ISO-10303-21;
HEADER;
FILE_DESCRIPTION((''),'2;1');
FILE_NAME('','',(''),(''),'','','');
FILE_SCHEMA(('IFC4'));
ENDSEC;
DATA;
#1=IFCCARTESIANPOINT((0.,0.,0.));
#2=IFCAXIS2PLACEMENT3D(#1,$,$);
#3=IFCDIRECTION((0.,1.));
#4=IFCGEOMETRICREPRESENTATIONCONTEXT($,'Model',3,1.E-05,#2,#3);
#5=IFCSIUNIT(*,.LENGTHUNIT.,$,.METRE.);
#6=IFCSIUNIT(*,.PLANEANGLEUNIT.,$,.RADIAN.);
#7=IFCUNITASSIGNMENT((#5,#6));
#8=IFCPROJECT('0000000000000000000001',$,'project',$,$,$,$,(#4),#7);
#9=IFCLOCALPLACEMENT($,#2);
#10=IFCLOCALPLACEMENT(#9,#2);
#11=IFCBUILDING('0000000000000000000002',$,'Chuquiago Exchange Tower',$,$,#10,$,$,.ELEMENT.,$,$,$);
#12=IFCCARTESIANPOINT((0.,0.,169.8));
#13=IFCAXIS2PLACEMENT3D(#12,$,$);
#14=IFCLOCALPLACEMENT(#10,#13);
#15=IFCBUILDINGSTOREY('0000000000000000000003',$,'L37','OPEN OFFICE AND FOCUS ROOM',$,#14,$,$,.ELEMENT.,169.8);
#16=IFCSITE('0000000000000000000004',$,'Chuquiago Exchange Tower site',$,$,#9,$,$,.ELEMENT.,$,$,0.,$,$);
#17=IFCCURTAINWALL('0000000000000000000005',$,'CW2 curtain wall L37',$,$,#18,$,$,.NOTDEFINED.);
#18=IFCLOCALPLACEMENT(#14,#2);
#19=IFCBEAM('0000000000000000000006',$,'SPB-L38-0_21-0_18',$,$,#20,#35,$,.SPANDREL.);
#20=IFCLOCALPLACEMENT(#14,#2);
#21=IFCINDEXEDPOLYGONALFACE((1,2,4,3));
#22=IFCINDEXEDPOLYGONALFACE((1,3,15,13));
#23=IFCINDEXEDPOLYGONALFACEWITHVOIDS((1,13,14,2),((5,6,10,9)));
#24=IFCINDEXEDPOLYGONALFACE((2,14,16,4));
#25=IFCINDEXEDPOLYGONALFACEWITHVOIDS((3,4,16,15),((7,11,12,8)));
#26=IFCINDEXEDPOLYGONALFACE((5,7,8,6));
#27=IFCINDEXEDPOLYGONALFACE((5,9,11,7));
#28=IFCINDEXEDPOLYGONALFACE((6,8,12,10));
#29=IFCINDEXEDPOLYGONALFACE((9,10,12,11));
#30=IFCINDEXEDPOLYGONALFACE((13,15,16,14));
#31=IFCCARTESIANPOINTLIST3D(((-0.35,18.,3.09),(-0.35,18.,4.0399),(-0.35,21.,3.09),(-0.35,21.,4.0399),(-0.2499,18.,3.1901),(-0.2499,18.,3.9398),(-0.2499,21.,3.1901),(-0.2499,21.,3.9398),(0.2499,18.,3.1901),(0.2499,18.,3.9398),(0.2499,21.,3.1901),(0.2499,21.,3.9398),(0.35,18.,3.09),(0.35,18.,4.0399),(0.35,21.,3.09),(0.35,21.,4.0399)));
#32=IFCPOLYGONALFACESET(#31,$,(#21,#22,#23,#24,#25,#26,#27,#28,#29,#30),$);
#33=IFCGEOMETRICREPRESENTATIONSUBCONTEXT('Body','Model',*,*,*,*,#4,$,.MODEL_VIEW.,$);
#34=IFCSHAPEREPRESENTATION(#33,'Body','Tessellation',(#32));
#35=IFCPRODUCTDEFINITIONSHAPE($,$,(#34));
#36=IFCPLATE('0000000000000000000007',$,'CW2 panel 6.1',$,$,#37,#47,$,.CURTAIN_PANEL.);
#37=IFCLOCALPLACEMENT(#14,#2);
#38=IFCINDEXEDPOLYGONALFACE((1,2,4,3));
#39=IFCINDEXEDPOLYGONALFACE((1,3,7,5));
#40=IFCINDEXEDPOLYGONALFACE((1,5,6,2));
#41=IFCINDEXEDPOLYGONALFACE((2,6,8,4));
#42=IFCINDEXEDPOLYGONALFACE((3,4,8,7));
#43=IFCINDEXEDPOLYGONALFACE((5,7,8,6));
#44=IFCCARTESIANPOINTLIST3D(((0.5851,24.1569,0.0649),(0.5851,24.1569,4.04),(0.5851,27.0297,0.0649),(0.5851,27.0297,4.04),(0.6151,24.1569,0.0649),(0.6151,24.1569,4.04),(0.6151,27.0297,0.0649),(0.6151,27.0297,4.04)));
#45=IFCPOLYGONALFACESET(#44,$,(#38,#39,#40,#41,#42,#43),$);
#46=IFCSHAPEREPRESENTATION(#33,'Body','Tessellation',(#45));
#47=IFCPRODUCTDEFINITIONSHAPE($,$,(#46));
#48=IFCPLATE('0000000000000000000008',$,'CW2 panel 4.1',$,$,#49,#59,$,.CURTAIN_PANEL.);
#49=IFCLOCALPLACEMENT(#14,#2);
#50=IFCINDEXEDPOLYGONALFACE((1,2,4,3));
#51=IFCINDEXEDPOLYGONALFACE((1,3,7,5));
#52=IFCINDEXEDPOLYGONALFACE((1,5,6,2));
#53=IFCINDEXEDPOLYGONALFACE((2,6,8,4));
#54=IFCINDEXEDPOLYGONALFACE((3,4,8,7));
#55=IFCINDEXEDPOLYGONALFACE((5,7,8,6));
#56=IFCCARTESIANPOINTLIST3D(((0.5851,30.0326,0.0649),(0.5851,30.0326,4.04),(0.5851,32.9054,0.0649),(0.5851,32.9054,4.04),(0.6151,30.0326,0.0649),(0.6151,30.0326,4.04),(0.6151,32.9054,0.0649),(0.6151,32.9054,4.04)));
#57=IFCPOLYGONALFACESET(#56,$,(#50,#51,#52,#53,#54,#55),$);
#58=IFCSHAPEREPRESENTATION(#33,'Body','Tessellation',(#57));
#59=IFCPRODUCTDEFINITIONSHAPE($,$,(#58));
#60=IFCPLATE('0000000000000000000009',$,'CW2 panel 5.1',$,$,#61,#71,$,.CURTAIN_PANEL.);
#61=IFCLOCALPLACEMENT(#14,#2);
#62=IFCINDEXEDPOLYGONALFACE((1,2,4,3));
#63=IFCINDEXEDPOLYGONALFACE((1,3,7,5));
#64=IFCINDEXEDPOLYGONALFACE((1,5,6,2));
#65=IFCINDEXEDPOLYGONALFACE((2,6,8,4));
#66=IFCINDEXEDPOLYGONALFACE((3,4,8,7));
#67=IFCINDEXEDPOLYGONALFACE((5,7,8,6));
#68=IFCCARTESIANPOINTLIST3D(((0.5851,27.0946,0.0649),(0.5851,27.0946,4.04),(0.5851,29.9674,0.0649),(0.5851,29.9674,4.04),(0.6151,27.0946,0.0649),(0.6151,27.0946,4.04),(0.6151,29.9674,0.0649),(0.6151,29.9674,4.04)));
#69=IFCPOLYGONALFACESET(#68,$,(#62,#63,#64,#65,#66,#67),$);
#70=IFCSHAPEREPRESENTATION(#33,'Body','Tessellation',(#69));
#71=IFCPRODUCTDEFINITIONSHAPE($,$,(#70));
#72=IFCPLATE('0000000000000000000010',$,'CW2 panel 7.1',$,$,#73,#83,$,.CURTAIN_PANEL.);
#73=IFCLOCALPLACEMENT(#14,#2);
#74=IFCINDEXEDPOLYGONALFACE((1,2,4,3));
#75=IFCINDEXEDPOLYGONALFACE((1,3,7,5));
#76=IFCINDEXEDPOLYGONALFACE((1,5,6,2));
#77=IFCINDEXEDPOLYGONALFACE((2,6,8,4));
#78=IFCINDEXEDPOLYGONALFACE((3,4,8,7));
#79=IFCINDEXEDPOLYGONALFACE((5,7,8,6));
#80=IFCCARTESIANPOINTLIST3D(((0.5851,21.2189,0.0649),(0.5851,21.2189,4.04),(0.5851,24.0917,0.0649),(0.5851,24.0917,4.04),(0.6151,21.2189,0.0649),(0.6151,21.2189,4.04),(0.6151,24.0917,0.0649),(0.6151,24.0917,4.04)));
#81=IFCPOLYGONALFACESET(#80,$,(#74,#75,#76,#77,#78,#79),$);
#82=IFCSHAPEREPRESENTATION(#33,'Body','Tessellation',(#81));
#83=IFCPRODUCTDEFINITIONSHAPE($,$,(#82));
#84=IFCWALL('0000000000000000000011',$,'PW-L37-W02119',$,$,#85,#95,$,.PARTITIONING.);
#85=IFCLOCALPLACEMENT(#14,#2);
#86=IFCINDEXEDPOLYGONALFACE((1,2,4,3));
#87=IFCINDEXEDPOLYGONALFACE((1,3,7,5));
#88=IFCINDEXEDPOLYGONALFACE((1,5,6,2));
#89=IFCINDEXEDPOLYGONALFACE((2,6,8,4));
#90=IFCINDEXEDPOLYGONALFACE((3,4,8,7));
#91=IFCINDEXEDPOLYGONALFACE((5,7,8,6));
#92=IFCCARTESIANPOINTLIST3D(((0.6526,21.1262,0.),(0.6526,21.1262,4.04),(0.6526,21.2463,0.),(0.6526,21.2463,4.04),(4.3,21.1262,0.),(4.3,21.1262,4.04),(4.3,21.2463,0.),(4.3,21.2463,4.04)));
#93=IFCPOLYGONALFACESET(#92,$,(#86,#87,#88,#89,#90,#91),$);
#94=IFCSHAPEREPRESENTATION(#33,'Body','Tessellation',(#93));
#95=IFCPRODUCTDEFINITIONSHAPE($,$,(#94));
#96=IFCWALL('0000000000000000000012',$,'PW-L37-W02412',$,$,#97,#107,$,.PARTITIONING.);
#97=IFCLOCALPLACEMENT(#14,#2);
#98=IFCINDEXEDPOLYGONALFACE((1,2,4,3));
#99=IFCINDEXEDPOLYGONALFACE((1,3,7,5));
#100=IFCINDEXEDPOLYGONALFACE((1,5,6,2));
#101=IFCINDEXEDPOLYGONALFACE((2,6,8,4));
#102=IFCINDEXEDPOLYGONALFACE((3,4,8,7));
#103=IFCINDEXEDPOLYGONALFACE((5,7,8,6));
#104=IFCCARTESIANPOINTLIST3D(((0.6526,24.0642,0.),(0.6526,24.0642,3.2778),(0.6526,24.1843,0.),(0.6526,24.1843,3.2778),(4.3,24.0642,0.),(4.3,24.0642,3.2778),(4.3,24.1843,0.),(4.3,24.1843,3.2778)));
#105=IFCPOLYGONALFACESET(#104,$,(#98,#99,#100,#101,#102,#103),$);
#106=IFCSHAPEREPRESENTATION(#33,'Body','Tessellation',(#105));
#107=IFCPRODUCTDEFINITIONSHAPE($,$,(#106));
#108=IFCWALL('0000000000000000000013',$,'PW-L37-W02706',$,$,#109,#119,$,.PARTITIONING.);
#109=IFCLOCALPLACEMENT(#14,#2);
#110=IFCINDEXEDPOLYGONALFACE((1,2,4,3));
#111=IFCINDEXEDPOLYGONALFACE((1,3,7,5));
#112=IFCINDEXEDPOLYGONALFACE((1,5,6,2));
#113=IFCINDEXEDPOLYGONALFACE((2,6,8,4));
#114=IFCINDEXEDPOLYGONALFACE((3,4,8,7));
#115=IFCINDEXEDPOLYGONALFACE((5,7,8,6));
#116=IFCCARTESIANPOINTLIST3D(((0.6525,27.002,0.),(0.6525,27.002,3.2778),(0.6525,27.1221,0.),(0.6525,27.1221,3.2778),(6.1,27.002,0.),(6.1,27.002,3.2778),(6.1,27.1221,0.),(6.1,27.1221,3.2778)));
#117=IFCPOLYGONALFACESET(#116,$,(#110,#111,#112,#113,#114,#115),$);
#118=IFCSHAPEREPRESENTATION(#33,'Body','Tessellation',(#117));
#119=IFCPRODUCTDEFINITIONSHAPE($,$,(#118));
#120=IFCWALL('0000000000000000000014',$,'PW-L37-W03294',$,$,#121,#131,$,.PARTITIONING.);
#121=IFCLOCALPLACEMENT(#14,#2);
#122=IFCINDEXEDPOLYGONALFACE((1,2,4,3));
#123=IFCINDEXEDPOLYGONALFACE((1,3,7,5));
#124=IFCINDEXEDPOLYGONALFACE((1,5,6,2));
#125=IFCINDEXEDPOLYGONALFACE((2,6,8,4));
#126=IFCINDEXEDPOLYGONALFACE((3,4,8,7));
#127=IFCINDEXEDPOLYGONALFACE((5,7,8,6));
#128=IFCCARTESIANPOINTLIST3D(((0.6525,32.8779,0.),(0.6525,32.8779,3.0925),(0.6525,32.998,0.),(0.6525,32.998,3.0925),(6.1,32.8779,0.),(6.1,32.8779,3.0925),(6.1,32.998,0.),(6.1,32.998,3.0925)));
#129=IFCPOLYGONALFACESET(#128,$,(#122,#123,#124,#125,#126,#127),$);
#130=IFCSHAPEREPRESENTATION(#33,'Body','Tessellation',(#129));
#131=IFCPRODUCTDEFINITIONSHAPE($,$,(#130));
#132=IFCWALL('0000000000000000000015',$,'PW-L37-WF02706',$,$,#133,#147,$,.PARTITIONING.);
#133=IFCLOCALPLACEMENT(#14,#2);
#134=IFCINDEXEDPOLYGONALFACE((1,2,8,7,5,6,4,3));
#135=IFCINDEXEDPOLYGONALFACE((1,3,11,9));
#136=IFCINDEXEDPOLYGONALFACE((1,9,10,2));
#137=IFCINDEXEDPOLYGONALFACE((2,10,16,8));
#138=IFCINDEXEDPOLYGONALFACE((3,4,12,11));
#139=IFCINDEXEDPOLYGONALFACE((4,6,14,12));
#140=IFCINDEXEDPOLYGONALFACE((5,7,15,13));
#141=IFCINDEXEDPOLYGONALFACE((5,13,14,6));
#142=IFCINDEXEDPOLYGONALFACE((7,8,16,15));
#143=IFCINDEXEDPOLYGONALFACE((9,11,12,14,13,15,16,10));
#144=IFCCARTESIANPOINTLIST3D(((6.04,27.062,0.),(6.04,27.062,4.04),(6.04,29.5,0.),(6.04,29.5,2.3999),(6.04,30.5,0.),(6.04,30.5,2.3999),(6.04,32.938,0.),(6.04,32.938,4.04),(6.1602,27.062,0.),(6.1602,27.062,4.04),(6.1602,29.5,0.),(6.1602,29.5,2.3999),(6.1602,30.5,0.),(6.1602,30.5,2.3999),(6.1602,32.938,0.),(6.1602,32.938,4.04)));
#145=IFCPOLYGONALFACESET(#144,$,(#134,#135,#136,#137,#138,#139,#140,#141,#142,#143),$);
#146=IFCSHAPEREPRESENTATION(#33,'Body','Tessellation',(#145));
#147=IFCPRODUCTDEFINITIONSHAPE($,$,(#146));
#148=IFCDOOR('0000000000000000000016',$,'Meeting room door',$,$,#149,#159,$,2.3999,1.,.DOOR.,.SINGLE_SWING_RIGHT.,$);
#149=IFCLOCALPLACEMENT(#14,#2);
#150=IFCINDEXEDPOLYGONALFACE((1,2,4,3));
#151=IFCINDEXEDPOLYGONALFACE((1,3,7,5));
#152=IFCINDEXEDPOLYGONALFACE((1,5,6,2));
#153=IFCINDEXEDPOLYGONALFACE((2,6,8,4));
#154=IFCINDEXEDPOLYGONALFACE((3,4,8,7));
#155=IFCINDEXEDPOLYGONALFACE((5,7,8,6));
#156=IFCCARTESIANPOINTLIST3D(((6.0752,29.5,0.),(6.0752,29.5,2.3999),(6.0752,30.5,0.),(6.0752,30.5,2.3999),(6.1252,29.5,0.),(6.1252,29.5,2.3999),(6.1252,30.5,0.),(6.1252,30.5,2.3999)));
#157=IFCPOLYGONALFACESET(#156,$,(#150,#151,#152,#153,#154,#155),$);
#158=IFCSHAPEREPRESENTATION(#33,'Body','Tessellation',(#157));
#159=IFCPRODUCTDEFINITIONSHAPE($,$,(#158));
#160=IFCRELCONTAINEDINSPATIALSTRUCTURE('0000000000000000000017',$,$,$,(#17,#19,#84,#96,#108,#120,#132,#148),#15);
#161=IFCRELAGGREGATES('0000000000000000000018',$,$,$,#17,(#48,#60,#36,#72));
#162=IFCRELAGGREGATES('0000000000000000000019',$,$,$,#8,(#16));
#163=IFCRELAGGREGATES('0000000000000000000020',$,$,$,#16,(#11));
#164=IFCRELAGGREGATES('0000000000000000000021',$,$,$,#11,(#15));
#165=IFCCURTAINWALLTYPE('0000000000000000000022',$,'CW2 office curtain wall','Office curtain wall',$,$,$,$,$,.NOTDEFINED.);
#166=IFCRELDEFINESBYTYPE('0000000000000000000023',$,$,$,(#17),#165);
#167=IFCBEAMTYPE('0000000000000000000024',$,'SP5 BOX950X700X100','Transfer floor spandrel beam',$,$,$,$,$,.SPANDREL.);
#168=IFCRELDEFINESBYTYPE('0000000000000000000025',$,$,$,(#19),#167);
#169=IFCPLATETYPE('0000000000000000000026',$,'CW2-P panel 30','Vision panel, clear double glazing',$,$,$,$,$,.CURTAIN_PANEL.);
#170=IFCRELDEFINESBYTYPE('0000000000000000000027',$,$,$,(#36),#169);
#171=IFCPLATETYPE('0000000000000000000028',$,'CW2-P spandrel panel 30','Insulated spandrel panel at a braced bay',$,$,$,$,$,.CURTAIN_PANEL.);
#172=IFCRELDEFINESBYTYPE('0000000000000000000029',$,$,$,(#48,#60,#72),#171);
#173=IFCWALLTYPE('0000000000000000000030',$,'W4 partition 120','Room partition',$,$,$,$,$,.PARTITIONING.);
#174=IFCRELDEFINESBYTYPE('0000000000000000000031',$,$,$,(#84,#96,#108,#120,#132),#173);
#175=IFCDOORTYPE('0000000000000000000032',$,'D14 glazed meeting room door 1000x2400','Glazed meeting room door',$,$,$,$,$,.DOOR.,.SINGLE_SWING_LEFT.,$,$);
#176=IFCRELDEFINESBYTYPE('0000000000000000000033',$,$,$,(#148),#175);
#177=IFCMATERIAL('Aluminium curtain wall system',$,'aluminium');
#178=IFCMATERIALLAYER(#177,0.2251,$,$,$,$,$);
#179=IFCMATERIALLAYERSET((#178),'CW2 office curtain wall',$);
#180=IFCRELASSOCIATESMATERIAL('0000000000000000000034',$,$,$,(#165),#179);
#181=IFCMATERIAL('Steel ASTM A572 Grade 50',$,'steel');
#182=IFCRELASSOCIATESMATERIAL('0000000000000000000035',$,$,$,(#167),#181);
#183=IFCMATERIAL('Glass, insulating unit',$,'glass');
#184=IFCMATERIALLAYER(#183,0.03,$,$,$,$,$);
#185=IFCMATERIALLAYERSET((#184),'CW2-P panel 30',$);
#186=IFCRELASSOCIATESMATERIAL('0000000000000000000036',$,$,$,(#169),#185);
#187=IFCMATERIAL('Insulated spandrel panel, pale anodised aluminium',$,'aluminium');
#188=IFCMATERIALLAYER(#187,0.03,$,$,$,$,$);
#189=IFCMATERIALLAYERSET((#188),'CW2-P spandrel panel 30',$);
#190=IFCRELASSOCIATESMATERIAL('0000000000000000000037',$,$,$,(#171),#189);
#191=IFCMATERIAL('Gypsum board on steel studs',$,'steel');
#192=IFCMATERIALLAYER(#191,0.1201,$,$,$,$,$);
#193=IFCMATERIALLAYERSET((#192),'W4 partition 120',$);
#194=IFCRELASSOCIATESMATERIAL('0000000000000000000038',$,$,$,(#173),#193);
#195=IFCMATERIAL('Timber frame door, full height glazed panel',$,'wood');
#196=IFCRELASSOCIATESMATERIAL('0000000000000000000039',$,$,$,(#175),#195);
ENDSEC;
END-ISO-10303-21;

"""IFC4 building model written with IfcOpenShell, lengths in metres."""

from ifc_helpers import new_model, si_unit, direction, frame, frame_2d, origin, origin_2d, place, context, subcontext, project, spatial, rectangle, hollow_rectangle, extrude, material, layer, layer_set, material_profile, profile_set, type_object, element, fill, aggregate, save


model = new_model("IFC4")

# Units and contexts
model_context = context("Model", 3, precision=1e-05, world=origin(), true_north=direction((0.0, 1.0)))
body_context = subcontext(model_context, "Body", "Model", "MODEL_VIEW")
ifc_project = project(units=[si_unit("LENGTHUNIT", "METRE"), si_unit("PLANEANGLEUNIT", "RADIAN")], contexts=[model_context])

# Site, building, storey
site_placement = place(None, origin())
site = spatial("IfcSite", under=ifc_project, at=site_placement, Name="Chuquiago Exchange Tower site", CompositionType="ELEMENT", RefElevation=0.0)
building_placement = place(site_placement, origin())
building = spatial("IfcBuilding", under=site, at=building_placement, Name="Chuquiago Exchange Tower", CompositionType="ELEMENT")
storey_placement = place(building_placement, frame((0.0, 0.0, 169.8)))
storey = spatial("IfcBuildingStorey", under=building, at=storey_placement, Name="L37", Description="OPEN OFFICE AND FOCUS ROOM", CompositionType="ELEMENT", Elevation=169.8)

# Curtain wall
ifc_material_1 = material(Name="Aluminium curtain wall system", Category="aluminium")
ifc_layer_1 = layer(ifc_material_1, 0.2251)
ifc_layer_set_1 = layer_set([ifc_layer_1], Name="CW2 office curtain wall")
curtain_wall_type = type_object("IfcCurtainWallType", Name="CW2 office curtain wall", Description="Office curtain wall", PredefinedType="NOTDEFINED", material=ifc_layer_set_1)
curtain_wall_placement = place(storey_placement, origin())
curtain_wall = element("IfcCurtainWall", 1, at=curtain_wall_placement, inside=storey, type_object=curtain_wall_type, Name="CW2 curtain wall L37", PredefinedType="NOTDEFINED")

# Beam
ifc_material_2 = material(Name="Steel ASTM A572 Grade 50", Category="steel")
ifc_material_profile_1 = material_profile(ifc_material_2, hollow_rectangle(XDim=0.7, YDim=0.95, WallThickness=0.1001, at=origin_2d()), Name="BOX950X700X100")
ifc_profile_set_1 = profile_set([ifc_material_profile_1], Name="Steel ASTM A572 Grade 50")
beam_type_1 = type_object("IfcBeamType", Name="SP5 BOX950X700X100", Description="Transfer floor spandrel beam", PredefinedType="SPANDREL", material=ifc_profile_set_1)
for number, where, z_axis, x_axis, name in (
    (2, (0.0, 21.0, 3.5649), (0.0, -1.0, 0.0), (1.0, 0.0, 0.0), "SPB-L38-0_21-0_18"),
):
    element("IfcBeam", number, at=place(storey_placement, frame(where, z_axis=z_axis, x_axis=x_axis)), inside=storey, type_object=beam_type_1, Name=name, PredefinedType="SPANDREL", context=body_context, shape_type="SweptSolid", body=[
        extrude(hollow_rectangle(XDim=0.7, YDim=0.95, WallThickness=0.1001, at=origin_2d()), origin(), (0.0, 0.0, 1.0), 3.0),
    ])

# Plates
ifc_material_3 = material(Name="Glass, insulating unit", Category="glass")
ifc_layer_2 = layer(ifc_material_3, 0.03)
ifc_layer_set_2 = layer_set([ifc_layer_2], Name="CW2-P panel 30")
plate_type_1 = type_object("IfcPlateType", Name="CW2-P panel 30", Description="Vision panel, clear double glazing", PredefinedType="CURTAIN_PANEL", material=ifc_layer_set_2)
plate_1_placement = place(storey_placement, frame((0.6001, 25.5933, 0.0649), z_axis=(0.0, 0.0, 1.0), x_axis=(0.0, -1.0, 0.0)))
plate_1 = element("IfcPlate", 3, at=plate_1_placement, type_object=plate_type_1, Name="CW2 panel 6.1", PredefinedType="CURTAIN_PANEL", context=body_context, shape_type="SweptSolid", body=[
    extrude(rectangle(XDim=2.8728, YDim=0.03, at=origin_2d()), origin(), (0.0, 0.0, 1.0), 3.9751),
])
ifc_material_4 = material(Name="Insulated spandrel panel, pale anodised aluminium", Category="aluminium")
ifc_layer_3 = layer(ifc_material_4, 0.03)
ifc_layer_set_3 = layer_set([ifc_layer_3], Name="CW2-P spandrel panel 30")
plate_type_2 = type_object("IfcPlateType", Name="CW2-P spandrel panel 30", Description="Insulated spandrel panel at a braced bay", PredefinedType="CURTAIN_PANEL", material=ifc_layer_set_3)
plate_2_placement = place(storey_placement, frame((0.6001, 31.469, 0.0649), z_axis=(0.0, 0.0, 1.0), x_axis=(0.0, -1.0, 0.0)))
plate_2 = element("IfcPlate", 4, at=plate_2_placement, type_object=plate_type_2, Name="CW2 panel 4.1", PredefinedType="CURTAIN_PANEL", context=body_context, shape_type="SweptSolid", body=[
    extrude(rectangle(XDim=2.8728, YDim=0.03, at=origin_2d()), origin(), (0.0, 0.0, 1.0), 3.9751),
])
plate_3_placement = place(storey_placement, frame((0.6001, 28.531, 0.0649), z_axis=(0.0, 0.0, 1.0), x_axis=(0.0, -1.0, 0.0)))
plate_3 = element("IfcPlate", 5, at=plate_3_placement, type_object=plate_type_2, Name="CW2 panel 5.1", PredefinedType="CURTAIN_PANEL", context=body_context, shape_type="SweptSolid", body=[
    extrude(rectangle(XDim=2.8728, YDim=0.03, at=origin_2d()), origin(), (0.0, 0.0, 1.0), 3.9751),
])
plate_4_placement = place(storey_placement, frame((0.6001, 22.6553, 0.0649), z_axis=(0.0, 0.0, 1.0), x_axis=(0.0, -1.0, 0.0)))
plate_4 = element("IfcPlate", 6, at=plate_4_placement, type_object=plate_type_2, Name="CW2 panel 7.1", PredefinedType="CURTAIN_PANEL", context=body_context, shape_type="SweptSolid", body=[
    extrude(rectangle(XDim=2.8728, YDim=0.03, at=origin_2d()), origin(), (0.0, 0.0, 1.0), 3.9751),
])
aggregate(curtain_wall, [plate_2, plate_3, plate_1, plate_4])

# Walls
ifc_material_5 = material(Name="Gypsum board on steel studs", Category="steel")
ifc_layer_4 = layer(ifc_material_5, 0.1201)
ifc_layer_set_4 = layer_set([ifc_layer_4], Name="W4 partition 120")
wall_type = type_object("IfcWallType", Name="W4 partition 120", Description="Room partition", PredefinedType="PARTITIONING", material=ifc_layer_set_4)
wall_1_placement = place(storey_placement, frame((0.6526, 21.1863, 0.0), z_axis=(0.0, 0.0, 1.0), x_axis=(1.0, 0.0, 0.0)))
element("IfcWall", 7, at=wall_1_placement, inside=storey, type_object=wall_type, Name="PW-L37-W02119", PredefinedType="PARTITIONING", context=body_context, shape_type="SweptSolid", body=[
    extrude(rectangle(XDim=3.6475, YDim=0.1201, at=frame_2d((1.8237, 0.0))), origin(), (0.0, 0.0, 1.0), 4.04),
])
wall_2_placement = place(storey_placement, frame((0.6526, 24.1243, 0.0), z_axis=(0.0, 0.0, 1.0), x_axis=(1.0, 0.0, 0.0)))
element("IfcWall", 8, at=wall_2_placement, inside=storey, type_object=wall_type, Name="PW-L37-W02412", PredefinedType="PARTITIONING", context=body_context, shape_type="SweptSolid", body=[
    extrude(rectangle(XDim=3.6475, YDim=0.1201, at=frame_2d((1.8237, 0.0))), origin(), (0.0, 0.0, 1.0), 3.2778),
])
wall_3_placement = place(storey_placement, frame((0.6526, 27.062, 0.0), z_axis=(0.0, 0.0, 1.0), x_axis=(1.0, 0.0, 0.0)))
element("IfcWall", 9, at=wall_3_placement, inside=storey, type_object=wall_type, Name="PW-L37-W02706", PredefinedType="PARTITIONING", context=body_context, shape_type="SweptSolid", body=[
    extrude(rectangle(XDim=5.4475, YDim=0.1201, at=frame_2d((2.7236, 0.0))), origin(), (0.0, 0.0, 1.0), 3.2778),
])
wall_4_placement = place(storey_placement, frame((0.6526, 32.938, 0.0), z_axis=(0.0, 0.0, 1.0), x_axis=(1.0, 0.0, 0.0)))
element("IfcWall", 10, at=wall_4_placement, inside=storey, type_object=wall_type, Name="PW-L37-W03294", PredefinedType="PARTITIONING", context=body_context, shape_type="SweptSolid", body=[
    extrude(rectangle(XDim=5.4475, YDim=0.1201, at=frame_2d((2.7236, 0.0))), origin(), (0.0, 0.0, 1.0), 3.0925),
])

# Wall, opening, door
ifc_material_6 = material(Name="Timber frame door, full height glazed panel", Category="wood")
door_type = type_object("IfcDoorType", Name="D14 glazed meeting room door 1000x2400", Description="Glazed meeting room door", OperationType="SINGLE_SWING_LEFT", PredefinedType="DOOR", material=ifc_material_6)
wall_5_placement = place(storey_placement, frame((6.1001, 27.062, 0.0), z_axis=(0.0, 0.0, 1.0), x_axis=(0.0, 1.0, 0.0)))
wall_5 = element("IfcWall", 11, at=wall_5_placement, inside=storey, type_object=wall_type, Name="PW-L37-WF02706", PredefinedType="PARTITIONING", context=body_context, shape_type="SweptSolid", body=[
    extrude(rectangle(XDim=5.876, YDim=0.1201, at=frame_2d((2.938, 0.0))), origin(), (0.0, 0.0, 1.0), 4.04),
])
opening_1_placement = place(wall_5_placement, frame((2.438, 0.0, 0.0)))
opening_1 = element("IfcOpeningElement", 12, at=opening_1_placement, cuts=wall_5, PredefinedType="OPENING", context=body_context, shape_type="SweptSolid", body=[
    extrude(rectangle(XDim=1.0, YDim=2.3999, at=frame_2d((0.5, 1.2))), frame((0.0, 0.0701, 0.0), z_axis=(0.0, -1.0, 0.0), x_axis=(1.0, 0.0, 0.0)), (0.0, 0.0, 1.0), 0.1401),
])
door_1_placement = place(opening_1_placement, origin())
door_1 = element("IfcDoor", 13, at=door_1_placement, inside=storey, type_object=door_type, Name="Meeting room door", OperationType="SINGLE_SWING_RIGHT", OverallHeight=2.3999, OverallWidth=1.0, PredefinedType="DOOR", context=body_context, shape_type="SweptSolid", body=[
    extrude(rectangle(XDim=1.0, YDim=2.3999, at=frame_2d((0.5, 1.2))), frame((0.0, 0.0249, 0.0), z_axis=(0.0, -1.0, 0.0), x_axis=(1.0, 0.0, 0.0)), (0.0, 0.0, 1.0), 0.05),
])
fill(opening_1, door_1)

save(model, "model.ifc")
